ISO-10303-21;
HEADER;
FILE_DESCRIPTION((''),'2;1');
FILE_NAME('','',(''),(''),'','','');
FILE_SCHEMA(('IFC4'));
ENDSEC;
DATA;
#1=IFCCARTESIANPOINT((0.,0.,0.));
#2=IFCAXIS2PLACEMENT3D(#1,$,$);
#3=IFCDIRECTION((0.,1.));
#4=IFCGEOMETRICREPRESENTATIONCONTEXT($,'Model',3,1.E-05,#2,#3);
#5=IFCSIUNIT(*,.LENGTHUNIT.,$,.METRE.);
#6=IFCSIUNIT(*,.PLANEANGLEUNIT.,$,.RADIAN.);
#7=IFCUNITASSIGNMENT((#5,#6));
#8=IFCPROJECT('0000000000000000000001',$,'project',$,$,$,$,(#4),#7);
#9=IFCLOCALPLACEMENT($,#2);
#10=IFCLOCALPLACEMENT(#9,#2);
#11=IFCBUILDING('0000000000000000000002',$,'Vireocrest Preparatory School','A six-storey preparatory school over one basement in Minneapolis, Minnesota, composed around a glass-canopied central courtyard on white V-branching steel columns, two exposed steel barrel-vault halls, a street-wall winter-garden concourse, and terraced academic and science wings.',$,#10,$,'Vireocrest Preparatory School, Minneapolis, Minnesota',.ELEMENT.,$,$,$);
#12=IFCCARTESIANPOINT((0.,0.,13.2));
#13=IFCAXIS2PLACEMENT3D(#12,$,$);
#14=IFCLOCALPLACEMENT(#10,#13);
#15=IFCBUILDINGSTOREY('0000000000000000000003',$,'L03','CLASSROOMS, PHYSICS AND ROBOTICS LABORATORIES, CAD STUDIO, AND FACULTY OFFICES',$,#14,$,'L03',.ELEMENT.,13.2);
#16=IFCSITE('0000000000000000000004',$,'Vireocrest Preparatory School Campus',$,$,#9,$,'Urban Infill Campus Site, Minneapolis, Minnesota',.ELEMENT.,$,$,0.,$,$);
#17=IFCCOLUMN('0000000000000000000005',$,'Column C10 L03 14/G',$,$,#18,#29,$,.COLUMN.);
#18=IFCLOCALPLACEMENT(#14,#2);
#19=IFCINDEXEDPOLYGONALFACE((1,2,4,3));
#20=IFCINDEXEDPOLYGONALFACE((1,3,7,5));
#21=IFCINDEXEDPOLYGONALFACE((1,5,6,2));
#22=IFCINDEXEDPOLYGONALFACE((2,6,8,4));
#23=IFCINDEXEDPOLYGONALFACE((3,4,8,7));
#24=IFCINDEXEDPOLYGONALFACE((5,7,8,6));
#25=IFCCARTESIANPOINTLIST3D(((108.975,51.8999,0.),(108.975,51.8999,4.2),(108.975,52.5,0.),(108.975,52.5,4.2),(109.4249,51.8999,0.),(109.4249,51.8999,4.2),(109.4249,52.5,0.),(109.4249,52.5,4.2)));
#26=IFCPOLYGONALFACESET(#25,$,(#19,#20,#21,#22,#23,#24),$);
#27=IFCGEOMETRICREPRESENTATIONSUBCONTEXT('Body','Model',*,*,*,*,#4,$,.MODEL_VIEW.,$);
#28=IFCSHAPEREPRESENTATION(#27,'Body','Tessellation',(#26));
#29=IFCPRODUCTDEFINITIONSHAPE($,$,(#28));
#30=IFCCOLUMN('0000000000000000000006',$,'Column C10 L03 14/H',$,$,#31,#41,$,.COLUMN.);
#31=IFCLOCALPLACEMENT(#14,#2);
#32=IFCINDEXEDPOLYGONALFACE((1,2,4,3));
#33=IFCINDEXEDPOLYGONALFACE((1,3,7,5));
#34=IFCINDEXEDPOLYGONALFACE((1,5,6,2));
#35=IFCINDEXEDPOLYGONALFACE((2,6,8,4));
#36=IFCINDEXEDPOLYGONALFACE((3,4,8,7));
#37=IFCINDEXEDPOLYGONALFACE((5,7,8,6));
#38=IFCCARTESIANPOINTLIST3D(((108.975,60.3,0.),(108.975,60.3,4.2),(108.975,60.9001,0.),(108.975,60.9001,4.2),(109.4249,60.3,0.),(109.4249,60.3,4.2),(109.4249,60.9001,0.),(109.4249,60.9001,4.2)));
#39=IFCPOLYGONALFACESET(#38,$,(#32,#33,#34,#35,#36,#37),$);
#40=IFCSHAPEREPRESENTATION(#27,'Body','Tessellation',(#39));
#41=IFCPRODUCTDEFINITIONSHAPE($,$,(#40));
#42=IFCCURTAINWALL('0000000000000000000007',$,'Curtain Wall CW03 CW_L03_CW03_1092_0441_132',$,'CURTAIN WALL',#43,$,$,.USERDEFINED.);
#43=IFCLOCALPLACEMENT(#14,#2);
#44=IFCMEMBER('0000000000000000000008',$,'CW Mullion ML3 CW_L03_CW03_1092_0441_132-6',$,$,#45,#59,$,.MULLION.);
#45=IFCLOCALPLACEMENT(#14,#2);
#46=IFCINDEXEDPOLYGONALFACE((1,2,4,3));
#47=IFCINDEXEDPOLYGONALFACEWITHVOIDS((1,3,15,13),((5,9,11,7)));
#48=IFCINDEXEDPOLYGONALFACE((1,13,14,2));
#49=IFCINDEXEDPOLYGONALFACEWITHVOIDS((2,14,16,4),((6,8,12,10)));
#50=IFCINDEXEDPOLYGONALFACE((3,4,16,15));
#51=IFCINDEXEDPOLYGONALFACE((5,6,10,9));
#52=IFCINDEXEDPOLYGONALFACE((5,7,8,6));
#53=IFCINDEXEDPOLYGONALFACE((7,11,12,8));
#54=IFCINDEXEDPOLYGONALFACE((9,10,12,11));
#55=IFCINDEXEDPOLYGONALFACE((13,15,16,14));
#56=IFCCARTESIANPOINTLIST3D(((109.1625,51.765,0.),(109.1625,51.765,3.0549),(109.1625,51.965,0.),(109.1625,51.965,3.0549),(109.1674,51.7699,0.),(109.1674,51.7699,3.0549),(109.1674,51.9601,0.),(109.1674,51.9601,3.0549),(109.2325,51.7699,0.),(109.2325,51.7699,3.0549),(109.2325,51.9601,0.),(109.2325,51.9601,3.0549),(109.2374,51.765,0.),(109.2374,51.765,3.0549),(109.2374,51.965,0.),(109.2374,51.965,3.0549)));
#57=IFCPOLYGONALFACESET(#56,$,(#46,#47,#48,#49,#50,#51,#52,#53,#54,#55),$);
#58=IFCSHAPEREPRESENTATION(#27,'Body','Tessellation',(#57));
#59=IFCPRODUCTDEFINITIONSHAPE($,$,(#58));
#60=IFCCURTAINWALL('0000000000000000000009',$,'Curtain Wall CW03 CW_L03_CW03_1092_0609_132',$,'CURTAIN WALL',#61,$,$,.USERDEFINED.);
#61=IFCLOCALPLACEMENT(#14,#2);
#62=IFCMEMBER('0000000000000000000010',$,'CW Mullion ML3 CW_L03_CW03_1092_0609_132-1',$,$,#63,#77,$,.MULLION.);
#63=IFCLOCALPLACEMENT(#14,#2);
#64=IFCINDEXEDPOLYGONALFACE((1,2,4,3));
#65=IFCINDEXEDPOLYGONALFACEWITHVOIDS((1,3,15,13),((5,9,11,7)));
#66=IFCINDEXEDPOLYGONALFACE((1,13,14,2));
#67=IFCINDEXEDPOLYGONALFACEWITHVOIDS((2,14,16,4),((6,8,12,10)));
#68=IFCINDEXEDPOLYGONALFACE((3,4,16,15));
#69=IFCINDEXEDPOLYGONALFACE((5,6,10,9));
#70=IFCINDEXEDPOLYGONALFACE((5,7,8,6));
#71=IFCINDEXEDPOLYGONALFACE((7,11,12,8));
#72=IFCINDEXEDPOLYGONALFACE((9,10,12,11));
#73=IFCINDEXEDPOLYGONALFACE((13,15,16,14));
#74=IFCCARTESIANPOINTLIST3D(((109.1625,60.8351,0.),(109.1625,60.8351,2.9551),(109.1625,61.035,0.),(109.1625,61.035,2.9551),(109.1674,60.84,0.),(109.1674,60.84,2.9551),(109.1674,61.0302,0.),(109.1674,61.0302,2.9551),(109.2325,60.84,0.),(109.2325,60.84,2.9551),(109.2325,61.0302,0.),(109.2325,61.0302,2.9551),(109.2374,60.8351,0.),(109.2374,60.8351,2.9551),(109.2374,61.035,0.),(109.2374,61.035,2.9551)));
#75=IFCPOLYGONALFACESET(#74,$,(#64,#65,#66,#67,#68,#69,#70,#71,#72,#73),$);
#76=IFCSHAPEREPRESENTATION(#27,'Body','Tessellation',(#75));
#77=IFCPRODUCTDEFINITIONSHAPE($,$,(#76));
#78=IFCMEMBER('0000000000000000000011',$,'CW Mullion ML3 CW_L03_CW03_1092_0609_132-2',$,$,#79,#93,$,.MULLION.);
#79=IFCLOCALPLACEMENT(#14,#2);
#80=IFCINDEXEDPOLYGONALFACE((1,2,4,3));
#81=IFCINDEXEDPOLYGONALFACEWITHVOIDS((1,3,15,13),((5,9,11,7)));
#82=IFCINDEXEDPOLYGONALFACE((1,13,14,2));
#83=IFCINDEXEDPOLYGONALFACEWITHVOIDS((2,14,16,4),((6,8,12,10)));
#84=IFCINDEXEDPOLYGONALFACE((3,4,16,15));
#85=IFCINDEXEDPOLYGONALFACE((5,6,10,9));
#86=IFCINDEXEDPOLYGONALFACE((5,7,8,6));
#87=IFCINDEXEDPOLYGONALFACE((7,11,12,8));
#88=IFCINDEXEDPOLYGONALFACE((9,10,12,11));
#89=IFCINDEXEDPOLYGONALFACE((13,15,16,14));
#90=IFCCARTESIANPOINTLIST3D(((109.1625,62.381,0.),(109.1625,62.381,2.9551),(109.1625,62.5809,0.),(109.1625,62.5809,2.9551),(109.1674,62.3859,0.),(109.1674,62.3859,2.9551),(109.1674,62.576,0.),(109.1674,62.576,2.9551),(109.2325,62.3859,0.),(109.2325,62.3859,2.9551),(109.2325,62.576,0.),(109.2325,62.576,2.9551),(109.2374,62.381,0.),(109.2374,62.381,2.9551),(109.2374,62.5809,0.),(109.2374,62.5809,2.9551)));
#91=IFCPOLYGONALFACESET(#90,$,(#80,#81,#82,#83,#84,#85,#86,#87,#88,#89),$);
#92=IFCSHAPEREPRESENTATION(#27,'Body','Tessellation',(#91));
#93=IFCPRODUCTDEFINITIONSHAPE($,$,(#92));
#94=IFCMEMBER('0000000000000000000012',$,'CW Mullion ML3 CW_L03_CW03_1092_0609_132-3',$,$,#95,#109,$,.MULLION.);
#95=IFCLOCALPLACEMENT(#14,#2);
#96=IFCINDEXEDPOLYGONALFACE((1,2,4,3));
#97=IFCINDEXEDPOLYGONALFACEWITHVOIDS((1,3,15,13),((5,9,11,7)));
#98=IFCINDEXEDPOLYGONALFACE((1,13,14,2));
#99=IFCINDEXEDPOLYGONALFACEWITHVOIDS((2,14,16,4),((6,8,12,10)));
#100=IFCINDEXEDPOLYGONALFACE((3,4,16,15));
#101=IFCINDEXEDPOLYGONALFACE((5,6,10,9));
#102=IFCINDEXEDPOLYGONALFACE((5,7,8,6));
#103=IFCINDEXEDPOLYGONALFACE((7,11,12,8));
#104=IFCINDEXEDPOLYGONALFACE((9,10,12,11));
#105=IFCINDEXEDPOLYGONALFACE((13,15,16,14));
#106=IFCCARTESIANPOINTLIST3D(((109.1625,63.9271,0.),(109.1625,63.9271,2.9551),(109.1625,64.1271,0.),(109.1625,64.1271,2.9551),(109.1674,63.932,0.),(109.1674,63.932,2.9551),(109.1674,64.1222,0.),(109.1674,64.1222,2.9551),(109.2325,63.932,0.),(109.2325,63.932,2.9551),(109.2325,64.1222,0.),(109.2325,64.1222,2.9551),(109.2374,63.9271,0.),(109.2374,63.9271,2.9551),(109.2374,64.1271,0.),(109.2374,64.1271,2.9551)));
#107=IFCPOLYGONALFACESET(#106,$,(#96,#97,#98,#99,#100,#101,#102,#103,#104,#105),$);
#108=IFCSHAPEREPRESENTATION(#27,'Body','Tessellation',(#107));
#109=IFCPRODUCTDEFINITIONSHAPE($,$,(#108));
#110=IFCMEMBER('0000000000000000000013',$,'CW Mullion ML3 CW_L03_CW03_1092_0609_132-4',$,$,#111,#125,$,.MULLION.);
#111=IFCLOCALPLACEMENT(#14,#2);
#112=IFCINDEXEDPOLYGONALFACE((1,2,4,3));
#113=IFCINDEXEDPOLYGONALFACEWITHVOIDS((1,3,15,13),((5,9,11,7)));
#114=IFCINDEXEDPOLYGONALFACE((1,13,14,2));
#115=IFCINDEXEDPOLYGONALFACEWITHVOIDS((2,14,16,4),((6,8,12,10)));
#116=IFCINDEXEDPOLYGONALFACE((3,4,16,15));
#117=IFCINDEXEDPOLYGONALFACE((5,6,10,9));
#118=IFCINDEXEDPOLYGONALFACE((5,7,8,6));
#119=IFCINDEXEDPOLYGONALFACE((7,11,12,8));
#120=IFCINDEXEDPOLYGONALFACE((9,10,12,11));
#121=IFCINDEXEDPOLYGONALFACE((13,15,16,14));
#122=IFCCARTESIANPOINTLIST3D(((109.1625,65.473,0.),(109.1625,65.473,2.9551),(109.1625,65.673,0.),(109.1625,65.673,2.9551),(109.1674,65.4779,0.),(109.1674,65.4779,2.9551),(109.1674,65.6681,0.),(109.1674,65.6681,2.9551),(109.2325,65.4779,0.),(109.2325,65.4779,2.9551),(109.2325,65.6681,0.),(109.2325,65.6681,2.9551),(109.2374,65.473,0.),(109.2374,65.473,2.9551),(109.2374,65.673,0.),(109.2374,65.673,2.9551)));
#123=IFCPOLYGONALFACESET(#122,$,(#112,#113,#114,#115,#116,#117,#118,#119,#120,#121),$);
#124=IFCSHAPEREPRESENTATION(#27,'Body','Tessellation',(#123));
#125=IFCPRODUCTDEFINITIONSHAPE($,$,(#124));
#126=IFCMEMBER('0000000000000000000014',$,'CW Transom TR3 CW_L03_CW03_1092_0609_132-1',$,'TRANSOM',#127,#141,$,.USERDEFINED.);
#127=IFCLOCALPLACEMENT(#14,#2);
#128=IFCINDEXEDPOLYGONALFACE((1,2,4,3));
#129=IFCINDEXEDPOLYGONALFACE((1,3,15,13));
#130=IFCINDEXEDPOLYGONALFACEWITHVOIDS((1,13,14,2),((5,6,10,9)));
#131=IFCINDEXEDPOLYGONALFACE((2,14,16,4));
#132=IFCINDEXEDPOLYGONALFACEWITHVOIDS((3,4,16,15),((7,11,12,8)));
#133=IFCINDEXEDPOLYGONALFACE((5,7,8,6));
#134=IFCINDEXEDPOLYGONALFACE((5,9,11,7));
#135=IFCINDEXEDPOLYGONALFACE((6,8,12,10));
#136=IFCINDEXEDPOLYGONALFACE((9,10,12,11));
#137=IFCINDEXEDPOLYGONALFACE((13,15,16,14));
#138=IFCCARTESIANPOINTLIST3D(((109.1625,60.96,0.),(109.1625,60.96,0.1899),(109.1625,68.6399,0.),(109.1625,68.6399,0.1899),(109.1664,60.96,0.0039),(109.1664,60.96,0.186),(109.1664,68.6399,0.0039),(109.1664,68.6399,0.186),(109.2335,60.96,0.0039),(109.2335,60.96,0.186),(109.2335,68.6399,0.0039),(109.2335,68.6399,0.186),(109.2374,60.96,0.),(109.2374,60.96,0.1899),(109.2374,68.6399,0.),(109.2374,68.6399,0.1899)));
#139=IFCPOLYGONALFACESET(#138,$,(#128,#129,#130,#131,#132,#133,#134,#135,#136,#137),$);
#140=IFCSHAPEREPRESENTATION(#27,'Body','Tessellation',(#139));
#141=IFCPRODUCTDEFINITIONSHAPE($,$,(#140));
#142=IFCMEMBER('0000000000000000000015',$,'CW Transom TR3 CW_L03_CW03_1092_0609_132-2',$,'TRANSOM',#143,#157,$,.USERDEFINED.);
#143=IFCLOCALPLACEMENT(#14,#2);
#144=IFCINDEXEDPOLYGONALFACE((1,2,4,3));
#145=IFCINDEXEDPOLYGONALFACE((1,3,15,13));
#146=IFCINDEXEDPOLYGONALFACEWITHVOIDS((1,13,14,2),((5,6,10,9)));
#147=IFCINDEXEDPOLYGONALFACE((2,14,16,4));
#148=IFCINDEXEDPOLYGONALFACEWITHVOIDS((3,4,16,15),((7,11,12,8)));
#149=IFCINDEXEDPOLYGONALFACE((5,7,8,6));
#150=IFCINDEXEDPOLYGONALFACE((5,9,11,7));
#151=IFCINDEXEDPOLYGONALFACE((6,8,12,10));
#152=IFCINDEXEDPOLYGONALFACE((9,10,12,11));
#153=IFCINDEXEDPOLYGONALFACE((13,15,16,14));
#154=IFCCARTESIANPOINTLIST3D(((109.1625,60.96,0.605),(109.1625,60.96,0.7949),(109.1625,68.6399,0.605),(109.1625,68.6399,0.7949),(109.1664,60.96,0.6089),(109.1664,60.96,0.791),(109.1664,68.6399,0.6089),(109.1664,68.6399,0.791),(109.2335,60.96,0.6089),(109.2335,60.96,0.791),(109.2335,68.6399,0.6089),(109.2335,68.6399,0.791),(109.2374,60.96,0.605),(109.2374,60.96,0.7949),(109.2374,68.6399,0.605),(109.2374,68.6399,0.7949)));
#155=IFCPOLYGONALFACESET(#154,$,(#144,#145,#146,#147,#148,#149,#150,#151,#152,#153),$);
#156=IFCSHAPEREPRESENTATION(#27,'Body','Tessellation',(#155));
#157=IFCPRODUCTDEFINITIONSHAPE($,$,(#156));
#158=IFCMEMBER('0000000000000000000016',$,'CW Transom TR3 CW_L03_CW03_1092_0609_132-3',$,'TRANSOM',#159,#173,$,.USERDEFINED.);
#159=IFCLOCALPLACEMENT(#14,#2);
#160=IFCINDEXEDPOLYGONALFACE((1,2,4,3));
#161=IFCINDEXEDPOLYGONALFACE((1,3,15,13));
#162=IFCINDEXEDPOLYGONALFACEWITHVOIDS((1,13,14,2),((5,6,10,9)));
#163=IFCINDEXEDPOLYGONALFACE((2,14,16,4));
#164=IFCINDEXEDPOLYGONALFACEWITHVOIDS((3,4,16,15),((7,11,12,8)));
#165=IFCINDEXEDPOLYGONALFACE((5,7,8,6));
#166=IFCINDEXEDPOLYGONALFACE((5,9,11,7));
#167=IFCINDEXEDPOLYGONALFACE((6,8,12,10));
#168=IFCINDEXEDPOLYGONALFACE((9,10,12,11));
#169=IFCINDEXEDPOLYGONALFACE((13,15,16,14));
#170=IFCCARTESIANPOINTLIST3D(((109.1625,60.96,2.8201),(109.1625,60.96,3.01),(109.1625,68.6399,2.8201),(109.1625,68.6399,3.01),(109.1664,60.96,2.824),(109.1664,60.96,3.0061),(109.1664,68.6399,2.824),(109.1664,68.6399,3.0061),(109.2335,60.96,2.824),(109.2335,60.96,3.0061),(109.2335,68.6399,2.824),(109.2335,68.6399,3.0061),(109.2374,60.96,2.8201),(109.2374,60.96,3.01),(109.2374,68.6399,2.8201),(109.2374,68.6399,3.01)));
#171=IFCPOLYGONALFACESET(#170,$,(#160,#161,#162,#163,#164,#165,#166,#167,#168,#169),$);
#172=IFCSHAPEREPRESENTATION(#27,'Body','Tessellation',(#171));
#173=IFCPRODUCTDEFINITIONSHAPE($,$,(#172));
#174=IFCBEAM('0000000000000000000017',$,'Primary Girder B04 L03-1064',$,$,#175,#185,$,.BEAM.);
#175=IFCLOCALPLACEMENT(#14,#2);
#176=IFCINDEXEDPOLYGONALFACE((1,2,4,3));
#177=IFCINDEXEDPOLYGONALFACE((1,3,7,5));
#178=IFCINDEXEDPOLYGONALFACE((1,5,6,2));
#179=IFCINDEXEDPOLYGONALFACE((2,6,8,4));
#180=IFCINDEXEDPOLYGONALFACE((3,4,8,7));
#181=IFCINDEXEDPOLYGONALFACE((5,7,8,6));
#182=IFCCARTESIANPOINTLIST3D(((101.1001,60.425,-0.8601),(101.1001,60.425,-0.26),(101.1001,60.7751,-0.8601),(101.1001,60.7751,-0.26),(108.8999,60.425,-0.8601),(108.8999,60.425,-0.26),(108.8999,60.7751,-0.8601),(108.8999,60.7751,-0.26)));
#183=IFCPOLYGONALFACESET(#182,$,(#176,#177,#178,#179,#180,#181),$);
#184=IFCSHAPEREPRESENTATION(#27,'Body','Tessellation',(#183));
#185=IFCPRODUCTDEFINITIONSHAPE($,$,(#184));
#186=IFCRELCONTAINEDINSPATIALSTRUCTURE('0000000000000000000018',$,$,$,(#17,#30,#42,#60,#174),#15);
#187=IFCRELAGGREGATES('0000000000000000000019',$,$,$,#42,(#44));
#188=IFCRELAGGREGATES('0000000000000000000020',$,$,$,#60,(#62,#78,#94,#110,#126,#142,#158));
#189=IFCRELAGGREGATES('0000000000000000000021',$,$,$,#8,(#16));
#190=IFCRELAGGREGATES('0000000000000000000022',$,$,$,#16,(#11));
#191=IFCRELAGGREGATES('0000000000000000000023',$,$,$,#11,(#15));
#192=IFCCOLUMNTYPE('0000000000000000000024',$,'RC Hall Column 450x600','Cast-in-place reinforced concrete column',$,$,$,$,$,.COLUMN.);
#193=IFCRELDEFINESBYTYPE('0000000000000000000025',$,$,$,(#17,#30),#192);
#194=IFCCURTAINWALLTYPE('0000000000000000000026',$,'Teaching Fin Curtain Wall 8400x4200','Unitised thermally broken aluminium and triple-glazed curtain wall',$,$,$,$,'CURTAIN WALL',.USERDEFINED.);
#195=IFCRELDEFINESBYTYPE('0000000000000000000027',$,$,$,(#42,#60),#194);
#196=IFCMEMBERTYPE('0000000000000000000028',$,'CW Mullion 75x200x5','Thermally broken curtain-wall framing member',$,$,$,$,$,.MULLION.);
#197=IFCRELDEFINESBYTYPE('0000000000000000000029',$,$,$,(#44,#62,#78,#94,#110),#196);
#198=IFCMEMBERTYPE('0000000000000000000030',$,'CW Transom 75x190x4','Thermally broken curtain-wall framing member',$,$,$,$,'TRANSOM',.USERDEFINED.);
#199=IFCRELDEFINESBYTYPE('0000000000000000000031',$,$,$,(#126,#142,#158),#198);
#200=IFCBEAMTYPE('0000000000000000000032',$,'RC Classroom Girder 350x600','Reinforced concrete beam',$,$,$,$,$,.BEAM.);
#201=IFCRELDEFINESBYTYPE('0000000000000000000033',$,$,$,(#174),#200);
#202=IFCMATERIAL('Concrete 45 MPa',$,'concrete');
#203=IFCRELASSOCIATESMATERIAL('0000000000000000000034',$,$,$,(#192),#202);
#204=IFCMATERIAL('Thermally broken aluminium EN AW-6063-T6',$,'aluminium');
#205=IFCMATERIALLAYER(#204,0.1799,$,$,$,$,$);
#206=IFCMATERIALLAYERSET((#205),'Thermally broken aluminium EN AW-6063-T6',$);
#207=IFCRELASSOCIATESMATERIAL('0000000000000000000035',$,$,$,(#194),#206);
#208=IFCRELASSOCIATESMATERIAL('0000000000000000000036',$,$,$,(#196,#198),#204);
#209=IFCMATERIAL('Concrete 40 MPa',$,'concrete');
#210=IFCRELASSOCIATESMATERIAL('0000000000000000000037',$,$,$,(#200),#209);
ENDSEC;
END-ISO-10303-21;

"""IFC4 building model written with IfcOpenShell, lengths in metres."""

from ifc_helpers import new_model, si_unit, direction, frame, origin, origin_2d, place, context, subcontext, project, spatial, rectangle, hollow_rectangle, extrude, material, layer, layer_set, material_profile, profile_set, type_object, element, aggregate, save


model = new_model("IFC4")

# Units and contexts
model_context = context("Model", 3, precision=1e-05, world=origin(), true_north=direction((0.0, 1.0)))
body_context = subcontext(model_context, "Body", "Model", "MODEL_VIEW")
ifc_project = project(units=[si_unit("LENGTHUNIT", "METRE"), si_unit("PLANEANGLEUNIT", "RADIAN")], contexts=[model_context])

# Site, building, storey
site_placement = place(None, origin())
site = spatial("IfcSite", under=ifc_project, at=site_placement, Name="Vireocrest Preparatory School Campus", LongName="Urban Infill Campus Site, Minneapolis, Minnesota", CompositionType="ELEMENT", RefElevation=0.0)
building_placement = place(site_placement, origin())
building = spatial("IfcBuilding", under=site, at=building_placement, Name="Vireocrest Preparatory School", Description="A six-storey preparatory school over one basement in Minneapolis, Minnesota, composed around a glass-canopied central courtyard on white V-branching steel columns, two exposed steel barrel-vault halls, a street-wall winter-garden concourse, and terraced academic and science wings.", LongName="Vireocrest Preparatory School, Minneapolis, Minnesota", CompositionType="ELEMENT")
storey_placement = place(building_placement, frame((0.0, 0.0, 13.2)))
storey = spatial("IfcBuildingStorey", under=building, at=storey_placement, Name="L03", Description="CLASSROOMS, PHYSICS AND ROBOTICS LABORATORIES, CAD STUDIO, AND FACULTY OFFICES", LongName="L03", CompositionType="ELEMENT", Elevation=13.2)

# Columns
ifc_material_1 = material(Name="Concrete 45 MPa", Category="concrete")
ifc_material_profile_1 = material_profile(ifc_material_1, rectangle(XDim=0.45, YDim=0.6001, at=origin_2d()), Name="RC 450x600")
ifc_profile_set_1 = profile_set([ifc_material_profile_1], Name="Concrete 45 MPa")
column_type = type_object("IfcColumnType", Name="RC Hall Column 450x600", Description="Cast-in-place reinforced concrete column", PredefinedType="COLUMN", material=ifc_profile_set_1)
for number, where, z_axis, x_axis, name in (
    (1, (109.2, 52.2, 0.0), (0.0, 0.0, 1.0), (1.0, 0.0, 0.0), "Column C10 L03 14/G"),
    (2, (109.2, 60.6001, 0.0), (0.0, 0.0, 1.0), (1.0, 0.0, 0.0), "Column C10 L03 14/H"),
):
    element("IfcColumn", number, at=place(storey_placement, frame(where, z_axis=z_axis, x_axis=x_axis)), inside=storey, type_object=column_type, Name=name, PredefinedType="COLUMN", context=body_context, shape_type="SweptSolid", body=[
        extrude(rectangle(XDim=0.45, YDim=0.6001, at=origin_2d()), origin(), (0.0, 0.0, 1.0), 4.2),
    ])

# Curtain wall, member
ifc_material_2 = material(Name="Thermally broken aluminium EN AW-6063-T6", Category="aluminium")
ifc_layer_1 = layer(ifc_material_2, 0.1799)
ifc_layer_set_1 = layer_set([ifc_layer_1], Name="Thermally broken aluminium EN AW-6063-T6")
curtain_wall_type = type_object("IfcCurtainWallType", Name="Teaching Fin Curtain Wall 8400x4200", Description="Unitised thermally broken aluminium and triple-glazed curtain wall", ElementType="CURTAIN WALL", PredefinedType="USERDEFINED", material=ifc_layer_set_1)
curtain_wall_1_placement = place(storey_placement, origin())
curtain_wall_1 = element("IfcCurtainWall", 3, at=curtain_wall_1_placement, inside=storey, type_object=curtain_wall_type, Name="Curtain Wall CW03 CW_L03_CW03_1092_0441_132", ObjectType="CURTAIN WALL", PredefinedType="USERDEFINED")
ifc_material_profile_2 = material_profile(ifc_material_2, hollow_rectangle(XDim=0.075, YDim=0.2, WallThickness=0.0049, at=origin_2d()), Name="ALU 75x200x5")
ifc_profile_set_2 = profile_set([ifc_material_profile_2], Name="Thermally broken aluminium EN AW-6063-T6")
member_type_1 = type_object("IfcMemberType", Name="CW Mullion 75x200x5", Description="Thermally broken curtain-wall framing member", PredefinedType="MULLION", material=ifc_profile_set_2)
member_1_placement = place(storey_placement, frame((109.2, 51.865, 0.0), z_axis=(0.0, 0.0, 1.0), x_axis=(1.0, 0.0, 0.0)))
member_1 = element("IfcMember", 4, at=member_1_placement, type_object=member_type_1, Name="CW Mullion ML3 CW_L03_CW03_1092_0441_132-6", PredefinedType="MULLION", context=body_context, shape_type="SweptSolid", body=[
    extrude(hollow_rectangle(XDim=0.075, YDim=0.2, WallThickness=0.0049, at=origin_2d()), origin(), (0.0, 0.0, 1.0), 3.0549),
])
aggregate(curtain_wall_1, [member_1])

# Curtain wall, members
curtain_wall_2_placement = place(storey_placement, origin())
curtain_wall_2 = element("IfcCurtainWall", 5, at=curtain_wall_2_placement, inside=storey, type_object=curtain_wall_type, Name="Curtain Wall CW03 CW_L03_CW03_1092_0609_132", ObjectType="CURTAIN WALL", PredefinedType="USERDEFINED")
member_2_placement = place(storey_placement, frame((109.2, 60.9351, 0.0), z_axis=(0.0, 0.0, 1.0), x_axis=(1.0, 0.0, 0.0)))
member_2 = element("IfcMember", 6, at=member_2_placement, type_object=member_type_1, Name="CW Mullion ML3 CW_L03_CW03_1092_0609_132-1", PredefinedType="MULLION", context=body_context, shape_type="SweptSolid", body=[
    extrude(hollow_rectangle(XDim=0.075, YDim=0.2, WallThickness=0.0049, at=origin_2d()), origin(), (0.0, 0.0, 1.0), 2.9551),
])
member_3_placement = place(storey_placement, frame((109.2, 62.481, 0.0), z_axis=(0.0, 0.0, 1.0), x_axis=(1.0, 0.0, 0.0)))
member_3 = element("IfcMember", 7, at=member_3_placement, type_object=member_type_1, Name="CW Mullion ML3 CW_L03_CW03_1092_0609_132-2", PredefinedType="MULLION", context=body_context, shape_type="SweptSolid", body=[
    extrude(hollow_rectangle(XDim=0.075, YDim=0.2, WallThickness=0.0049, at=origin_2d()), origin(), (0.0, 0.0, 1.0), 2.9551),
])
member_4_placement = place(storey_placement, frame((109.2, 64.0271, 0.0), z_axis=(0.0, 0.0, 1.0), x_axis=(1.0, 0.0, 0.0)))
member_4 = element("IfcMember", 8, at=member_4_placement, type_object=member_type_1, Name="CW Mullion ML3 CW_L03_CW03_1092_0609_132-3", PredefinedType="MULLION", context=body_context, shape_type="SweptSolid", body=[
    extrude(hollow_rectangle(XDim=0.075, YDim=0.2, WallThickness=0.0049, at=origin_2d()), origin(), (0.0, 0.0, 1.0), 2.9551),
])
member_5_placement = place(storey_placement, frame((109.2, 65.573, 0.0), z_axis=(0.0, 0.0, 1.0), x_axis=(1.0, 0.0, 0.0)))
member_5 = element("IfcMember", 9, at=member_5_placement, type_object=member_type_1, Name="CW Mullion ML3 CW_L03_CW03_1092_0609_132-4", PredefinedType="MULLION", context=body_context, shape_type="SweptSolid", body=[
    extrude(hollow_rectangle(XDim=0.075, YDim=0.2, WallThickness=0.0049, at=origin_2d()), origin(), (0.0, 0.0, 1.0), 2.9551),
])
ifc_material_profile_3 = material_profile(ifc_material_2, hollow_rectangle(XDim=0.075, YDim=0.1899, WallThickness=0.0039, at=origin_2d()), Name="ALU 75x190x4")
ifc_profile_set_3 = profile_set([ifc_material_profile_3], Name="Thermally broken aluminium EN AW-6063-T6")
member_type_2 = type_object("IfcMemberType", Name="CW Transom 75x190x4", Description="Thermally broken curtain-wall framing member", ElementType="TRANSOM", PredefinedType="USERDEFINED", material=ifc_profile_set_3)
member_6_placement = place(storey_placement, frame((109.2, 60.96, 0.095), z_axis=(0.0, 1.0, 0.0), x_axis=(-1.0, 0.0, 0.0)))
member_6 = element("IfcMember", 10, at=member_6_placement, type_object=member_type_2, Name="CW Transom TR3 CW_L03_CW03_1092_0609_132-1", ObjectType="TRANSOM", PredefinedType="USERDEFINED", context=body_context, shape_type="SweptSolid", body=[
    extrude(hollow_rectangle(XDim=0.075, YDim=0.1899, WallThickness=0.0039, at=origin_2d()), origin(), (0.0, 0.0, 1.0), 7.6799),
])
member_7_placement = place(storey_placement, frame((109.2, 60.96, 0.7), z_axis=(0.0, 1.0, 0.0), x_axis=(-1.0, 0.0, 0.0)))
member_7 = element("IfcMember", 11, at=member_7_placement, type_object=member_type_2, Name="CW Transom TR3 CW_L03_CW03_1092_0609_132-2", ObjectType="TRANSOM", PredefinedType="USERDEFINED", context=body_context, shape_type="SweptSolid", body=[
    extrude(hollow_rectangle(XDim=0.075, YDim=0.1899, WallThickness=0.0039, at=origin_2d()), origin(), (0.0, 0.0, 1.0), 7.6799),
])
member_8_placement = place(storey_placement, frame((109.2, 60.96, 2.915), z_axis=(0.0, 1.0, 0.0), x_axis=(-1.0, 0.0, 0.0)))
member_8 = element("IfcMember", 12, at=member_8_placement, type_object=member_type_2, Name="CW Transom TR3 CW_L03_CW03_1092_0609_132-3", ObjectType="TRANSOM", PredefinedType="USERDEFINED", context=body_context, shape_type="SweptSolid", body=[
    extrude(hollow_rectangle(XDim=0.075, YDim=0.1899, WallThickness=0.0039, at=origin_2d()), origin(), (0.0, 0.0, 1.0), 7.6799),
])

# Beam
ifc_material_3 = material(Name="Concrete 40 MPa", Category="concrete")
ifc_material_profile_4 = material_profile(ifc_material_3, rectangle(XDim=0.3501, YDim=0.6001, at=origin_2d()), Name="RC 350x600")
ifc_profile_set_4 = profile_set([ifc_material_profile_4], Name="Concrete 40 MPa")
beam_type_1 = type_object("IfcBeamType", Name="RC Classroom Girder 350x600", Description="Reinforced concrete beam", PredefinedType="BEAM", material=ifc_profile_set_4)
beam_1_placement = place(storey_placement, frame((101.1001, 60.6001, -0.5601), z_axis=(1.0, 0.0, 0.0), x_axis=(0.0, 1.0, 0.0)))
element("IfcBeam", 13, at=beam_1_placement, inside=storey, type_object=beam_type_1, Name="Primary Girder B04 L03-1064", PredefinedType="BEAM", context=body_context, shape_type="SweptSolid", body=[
    extrude(rectangle(XDim=0.3501, YDim=0.6001, at=origin_2d()), origin(), (0.0, 0.0, 1.0), 7.7998),
])

aggregate(curtain_wall_2, [member_2, member_3, member_4, member_5, member_6, member_7, member_8])

save(model, "model.ifc")
